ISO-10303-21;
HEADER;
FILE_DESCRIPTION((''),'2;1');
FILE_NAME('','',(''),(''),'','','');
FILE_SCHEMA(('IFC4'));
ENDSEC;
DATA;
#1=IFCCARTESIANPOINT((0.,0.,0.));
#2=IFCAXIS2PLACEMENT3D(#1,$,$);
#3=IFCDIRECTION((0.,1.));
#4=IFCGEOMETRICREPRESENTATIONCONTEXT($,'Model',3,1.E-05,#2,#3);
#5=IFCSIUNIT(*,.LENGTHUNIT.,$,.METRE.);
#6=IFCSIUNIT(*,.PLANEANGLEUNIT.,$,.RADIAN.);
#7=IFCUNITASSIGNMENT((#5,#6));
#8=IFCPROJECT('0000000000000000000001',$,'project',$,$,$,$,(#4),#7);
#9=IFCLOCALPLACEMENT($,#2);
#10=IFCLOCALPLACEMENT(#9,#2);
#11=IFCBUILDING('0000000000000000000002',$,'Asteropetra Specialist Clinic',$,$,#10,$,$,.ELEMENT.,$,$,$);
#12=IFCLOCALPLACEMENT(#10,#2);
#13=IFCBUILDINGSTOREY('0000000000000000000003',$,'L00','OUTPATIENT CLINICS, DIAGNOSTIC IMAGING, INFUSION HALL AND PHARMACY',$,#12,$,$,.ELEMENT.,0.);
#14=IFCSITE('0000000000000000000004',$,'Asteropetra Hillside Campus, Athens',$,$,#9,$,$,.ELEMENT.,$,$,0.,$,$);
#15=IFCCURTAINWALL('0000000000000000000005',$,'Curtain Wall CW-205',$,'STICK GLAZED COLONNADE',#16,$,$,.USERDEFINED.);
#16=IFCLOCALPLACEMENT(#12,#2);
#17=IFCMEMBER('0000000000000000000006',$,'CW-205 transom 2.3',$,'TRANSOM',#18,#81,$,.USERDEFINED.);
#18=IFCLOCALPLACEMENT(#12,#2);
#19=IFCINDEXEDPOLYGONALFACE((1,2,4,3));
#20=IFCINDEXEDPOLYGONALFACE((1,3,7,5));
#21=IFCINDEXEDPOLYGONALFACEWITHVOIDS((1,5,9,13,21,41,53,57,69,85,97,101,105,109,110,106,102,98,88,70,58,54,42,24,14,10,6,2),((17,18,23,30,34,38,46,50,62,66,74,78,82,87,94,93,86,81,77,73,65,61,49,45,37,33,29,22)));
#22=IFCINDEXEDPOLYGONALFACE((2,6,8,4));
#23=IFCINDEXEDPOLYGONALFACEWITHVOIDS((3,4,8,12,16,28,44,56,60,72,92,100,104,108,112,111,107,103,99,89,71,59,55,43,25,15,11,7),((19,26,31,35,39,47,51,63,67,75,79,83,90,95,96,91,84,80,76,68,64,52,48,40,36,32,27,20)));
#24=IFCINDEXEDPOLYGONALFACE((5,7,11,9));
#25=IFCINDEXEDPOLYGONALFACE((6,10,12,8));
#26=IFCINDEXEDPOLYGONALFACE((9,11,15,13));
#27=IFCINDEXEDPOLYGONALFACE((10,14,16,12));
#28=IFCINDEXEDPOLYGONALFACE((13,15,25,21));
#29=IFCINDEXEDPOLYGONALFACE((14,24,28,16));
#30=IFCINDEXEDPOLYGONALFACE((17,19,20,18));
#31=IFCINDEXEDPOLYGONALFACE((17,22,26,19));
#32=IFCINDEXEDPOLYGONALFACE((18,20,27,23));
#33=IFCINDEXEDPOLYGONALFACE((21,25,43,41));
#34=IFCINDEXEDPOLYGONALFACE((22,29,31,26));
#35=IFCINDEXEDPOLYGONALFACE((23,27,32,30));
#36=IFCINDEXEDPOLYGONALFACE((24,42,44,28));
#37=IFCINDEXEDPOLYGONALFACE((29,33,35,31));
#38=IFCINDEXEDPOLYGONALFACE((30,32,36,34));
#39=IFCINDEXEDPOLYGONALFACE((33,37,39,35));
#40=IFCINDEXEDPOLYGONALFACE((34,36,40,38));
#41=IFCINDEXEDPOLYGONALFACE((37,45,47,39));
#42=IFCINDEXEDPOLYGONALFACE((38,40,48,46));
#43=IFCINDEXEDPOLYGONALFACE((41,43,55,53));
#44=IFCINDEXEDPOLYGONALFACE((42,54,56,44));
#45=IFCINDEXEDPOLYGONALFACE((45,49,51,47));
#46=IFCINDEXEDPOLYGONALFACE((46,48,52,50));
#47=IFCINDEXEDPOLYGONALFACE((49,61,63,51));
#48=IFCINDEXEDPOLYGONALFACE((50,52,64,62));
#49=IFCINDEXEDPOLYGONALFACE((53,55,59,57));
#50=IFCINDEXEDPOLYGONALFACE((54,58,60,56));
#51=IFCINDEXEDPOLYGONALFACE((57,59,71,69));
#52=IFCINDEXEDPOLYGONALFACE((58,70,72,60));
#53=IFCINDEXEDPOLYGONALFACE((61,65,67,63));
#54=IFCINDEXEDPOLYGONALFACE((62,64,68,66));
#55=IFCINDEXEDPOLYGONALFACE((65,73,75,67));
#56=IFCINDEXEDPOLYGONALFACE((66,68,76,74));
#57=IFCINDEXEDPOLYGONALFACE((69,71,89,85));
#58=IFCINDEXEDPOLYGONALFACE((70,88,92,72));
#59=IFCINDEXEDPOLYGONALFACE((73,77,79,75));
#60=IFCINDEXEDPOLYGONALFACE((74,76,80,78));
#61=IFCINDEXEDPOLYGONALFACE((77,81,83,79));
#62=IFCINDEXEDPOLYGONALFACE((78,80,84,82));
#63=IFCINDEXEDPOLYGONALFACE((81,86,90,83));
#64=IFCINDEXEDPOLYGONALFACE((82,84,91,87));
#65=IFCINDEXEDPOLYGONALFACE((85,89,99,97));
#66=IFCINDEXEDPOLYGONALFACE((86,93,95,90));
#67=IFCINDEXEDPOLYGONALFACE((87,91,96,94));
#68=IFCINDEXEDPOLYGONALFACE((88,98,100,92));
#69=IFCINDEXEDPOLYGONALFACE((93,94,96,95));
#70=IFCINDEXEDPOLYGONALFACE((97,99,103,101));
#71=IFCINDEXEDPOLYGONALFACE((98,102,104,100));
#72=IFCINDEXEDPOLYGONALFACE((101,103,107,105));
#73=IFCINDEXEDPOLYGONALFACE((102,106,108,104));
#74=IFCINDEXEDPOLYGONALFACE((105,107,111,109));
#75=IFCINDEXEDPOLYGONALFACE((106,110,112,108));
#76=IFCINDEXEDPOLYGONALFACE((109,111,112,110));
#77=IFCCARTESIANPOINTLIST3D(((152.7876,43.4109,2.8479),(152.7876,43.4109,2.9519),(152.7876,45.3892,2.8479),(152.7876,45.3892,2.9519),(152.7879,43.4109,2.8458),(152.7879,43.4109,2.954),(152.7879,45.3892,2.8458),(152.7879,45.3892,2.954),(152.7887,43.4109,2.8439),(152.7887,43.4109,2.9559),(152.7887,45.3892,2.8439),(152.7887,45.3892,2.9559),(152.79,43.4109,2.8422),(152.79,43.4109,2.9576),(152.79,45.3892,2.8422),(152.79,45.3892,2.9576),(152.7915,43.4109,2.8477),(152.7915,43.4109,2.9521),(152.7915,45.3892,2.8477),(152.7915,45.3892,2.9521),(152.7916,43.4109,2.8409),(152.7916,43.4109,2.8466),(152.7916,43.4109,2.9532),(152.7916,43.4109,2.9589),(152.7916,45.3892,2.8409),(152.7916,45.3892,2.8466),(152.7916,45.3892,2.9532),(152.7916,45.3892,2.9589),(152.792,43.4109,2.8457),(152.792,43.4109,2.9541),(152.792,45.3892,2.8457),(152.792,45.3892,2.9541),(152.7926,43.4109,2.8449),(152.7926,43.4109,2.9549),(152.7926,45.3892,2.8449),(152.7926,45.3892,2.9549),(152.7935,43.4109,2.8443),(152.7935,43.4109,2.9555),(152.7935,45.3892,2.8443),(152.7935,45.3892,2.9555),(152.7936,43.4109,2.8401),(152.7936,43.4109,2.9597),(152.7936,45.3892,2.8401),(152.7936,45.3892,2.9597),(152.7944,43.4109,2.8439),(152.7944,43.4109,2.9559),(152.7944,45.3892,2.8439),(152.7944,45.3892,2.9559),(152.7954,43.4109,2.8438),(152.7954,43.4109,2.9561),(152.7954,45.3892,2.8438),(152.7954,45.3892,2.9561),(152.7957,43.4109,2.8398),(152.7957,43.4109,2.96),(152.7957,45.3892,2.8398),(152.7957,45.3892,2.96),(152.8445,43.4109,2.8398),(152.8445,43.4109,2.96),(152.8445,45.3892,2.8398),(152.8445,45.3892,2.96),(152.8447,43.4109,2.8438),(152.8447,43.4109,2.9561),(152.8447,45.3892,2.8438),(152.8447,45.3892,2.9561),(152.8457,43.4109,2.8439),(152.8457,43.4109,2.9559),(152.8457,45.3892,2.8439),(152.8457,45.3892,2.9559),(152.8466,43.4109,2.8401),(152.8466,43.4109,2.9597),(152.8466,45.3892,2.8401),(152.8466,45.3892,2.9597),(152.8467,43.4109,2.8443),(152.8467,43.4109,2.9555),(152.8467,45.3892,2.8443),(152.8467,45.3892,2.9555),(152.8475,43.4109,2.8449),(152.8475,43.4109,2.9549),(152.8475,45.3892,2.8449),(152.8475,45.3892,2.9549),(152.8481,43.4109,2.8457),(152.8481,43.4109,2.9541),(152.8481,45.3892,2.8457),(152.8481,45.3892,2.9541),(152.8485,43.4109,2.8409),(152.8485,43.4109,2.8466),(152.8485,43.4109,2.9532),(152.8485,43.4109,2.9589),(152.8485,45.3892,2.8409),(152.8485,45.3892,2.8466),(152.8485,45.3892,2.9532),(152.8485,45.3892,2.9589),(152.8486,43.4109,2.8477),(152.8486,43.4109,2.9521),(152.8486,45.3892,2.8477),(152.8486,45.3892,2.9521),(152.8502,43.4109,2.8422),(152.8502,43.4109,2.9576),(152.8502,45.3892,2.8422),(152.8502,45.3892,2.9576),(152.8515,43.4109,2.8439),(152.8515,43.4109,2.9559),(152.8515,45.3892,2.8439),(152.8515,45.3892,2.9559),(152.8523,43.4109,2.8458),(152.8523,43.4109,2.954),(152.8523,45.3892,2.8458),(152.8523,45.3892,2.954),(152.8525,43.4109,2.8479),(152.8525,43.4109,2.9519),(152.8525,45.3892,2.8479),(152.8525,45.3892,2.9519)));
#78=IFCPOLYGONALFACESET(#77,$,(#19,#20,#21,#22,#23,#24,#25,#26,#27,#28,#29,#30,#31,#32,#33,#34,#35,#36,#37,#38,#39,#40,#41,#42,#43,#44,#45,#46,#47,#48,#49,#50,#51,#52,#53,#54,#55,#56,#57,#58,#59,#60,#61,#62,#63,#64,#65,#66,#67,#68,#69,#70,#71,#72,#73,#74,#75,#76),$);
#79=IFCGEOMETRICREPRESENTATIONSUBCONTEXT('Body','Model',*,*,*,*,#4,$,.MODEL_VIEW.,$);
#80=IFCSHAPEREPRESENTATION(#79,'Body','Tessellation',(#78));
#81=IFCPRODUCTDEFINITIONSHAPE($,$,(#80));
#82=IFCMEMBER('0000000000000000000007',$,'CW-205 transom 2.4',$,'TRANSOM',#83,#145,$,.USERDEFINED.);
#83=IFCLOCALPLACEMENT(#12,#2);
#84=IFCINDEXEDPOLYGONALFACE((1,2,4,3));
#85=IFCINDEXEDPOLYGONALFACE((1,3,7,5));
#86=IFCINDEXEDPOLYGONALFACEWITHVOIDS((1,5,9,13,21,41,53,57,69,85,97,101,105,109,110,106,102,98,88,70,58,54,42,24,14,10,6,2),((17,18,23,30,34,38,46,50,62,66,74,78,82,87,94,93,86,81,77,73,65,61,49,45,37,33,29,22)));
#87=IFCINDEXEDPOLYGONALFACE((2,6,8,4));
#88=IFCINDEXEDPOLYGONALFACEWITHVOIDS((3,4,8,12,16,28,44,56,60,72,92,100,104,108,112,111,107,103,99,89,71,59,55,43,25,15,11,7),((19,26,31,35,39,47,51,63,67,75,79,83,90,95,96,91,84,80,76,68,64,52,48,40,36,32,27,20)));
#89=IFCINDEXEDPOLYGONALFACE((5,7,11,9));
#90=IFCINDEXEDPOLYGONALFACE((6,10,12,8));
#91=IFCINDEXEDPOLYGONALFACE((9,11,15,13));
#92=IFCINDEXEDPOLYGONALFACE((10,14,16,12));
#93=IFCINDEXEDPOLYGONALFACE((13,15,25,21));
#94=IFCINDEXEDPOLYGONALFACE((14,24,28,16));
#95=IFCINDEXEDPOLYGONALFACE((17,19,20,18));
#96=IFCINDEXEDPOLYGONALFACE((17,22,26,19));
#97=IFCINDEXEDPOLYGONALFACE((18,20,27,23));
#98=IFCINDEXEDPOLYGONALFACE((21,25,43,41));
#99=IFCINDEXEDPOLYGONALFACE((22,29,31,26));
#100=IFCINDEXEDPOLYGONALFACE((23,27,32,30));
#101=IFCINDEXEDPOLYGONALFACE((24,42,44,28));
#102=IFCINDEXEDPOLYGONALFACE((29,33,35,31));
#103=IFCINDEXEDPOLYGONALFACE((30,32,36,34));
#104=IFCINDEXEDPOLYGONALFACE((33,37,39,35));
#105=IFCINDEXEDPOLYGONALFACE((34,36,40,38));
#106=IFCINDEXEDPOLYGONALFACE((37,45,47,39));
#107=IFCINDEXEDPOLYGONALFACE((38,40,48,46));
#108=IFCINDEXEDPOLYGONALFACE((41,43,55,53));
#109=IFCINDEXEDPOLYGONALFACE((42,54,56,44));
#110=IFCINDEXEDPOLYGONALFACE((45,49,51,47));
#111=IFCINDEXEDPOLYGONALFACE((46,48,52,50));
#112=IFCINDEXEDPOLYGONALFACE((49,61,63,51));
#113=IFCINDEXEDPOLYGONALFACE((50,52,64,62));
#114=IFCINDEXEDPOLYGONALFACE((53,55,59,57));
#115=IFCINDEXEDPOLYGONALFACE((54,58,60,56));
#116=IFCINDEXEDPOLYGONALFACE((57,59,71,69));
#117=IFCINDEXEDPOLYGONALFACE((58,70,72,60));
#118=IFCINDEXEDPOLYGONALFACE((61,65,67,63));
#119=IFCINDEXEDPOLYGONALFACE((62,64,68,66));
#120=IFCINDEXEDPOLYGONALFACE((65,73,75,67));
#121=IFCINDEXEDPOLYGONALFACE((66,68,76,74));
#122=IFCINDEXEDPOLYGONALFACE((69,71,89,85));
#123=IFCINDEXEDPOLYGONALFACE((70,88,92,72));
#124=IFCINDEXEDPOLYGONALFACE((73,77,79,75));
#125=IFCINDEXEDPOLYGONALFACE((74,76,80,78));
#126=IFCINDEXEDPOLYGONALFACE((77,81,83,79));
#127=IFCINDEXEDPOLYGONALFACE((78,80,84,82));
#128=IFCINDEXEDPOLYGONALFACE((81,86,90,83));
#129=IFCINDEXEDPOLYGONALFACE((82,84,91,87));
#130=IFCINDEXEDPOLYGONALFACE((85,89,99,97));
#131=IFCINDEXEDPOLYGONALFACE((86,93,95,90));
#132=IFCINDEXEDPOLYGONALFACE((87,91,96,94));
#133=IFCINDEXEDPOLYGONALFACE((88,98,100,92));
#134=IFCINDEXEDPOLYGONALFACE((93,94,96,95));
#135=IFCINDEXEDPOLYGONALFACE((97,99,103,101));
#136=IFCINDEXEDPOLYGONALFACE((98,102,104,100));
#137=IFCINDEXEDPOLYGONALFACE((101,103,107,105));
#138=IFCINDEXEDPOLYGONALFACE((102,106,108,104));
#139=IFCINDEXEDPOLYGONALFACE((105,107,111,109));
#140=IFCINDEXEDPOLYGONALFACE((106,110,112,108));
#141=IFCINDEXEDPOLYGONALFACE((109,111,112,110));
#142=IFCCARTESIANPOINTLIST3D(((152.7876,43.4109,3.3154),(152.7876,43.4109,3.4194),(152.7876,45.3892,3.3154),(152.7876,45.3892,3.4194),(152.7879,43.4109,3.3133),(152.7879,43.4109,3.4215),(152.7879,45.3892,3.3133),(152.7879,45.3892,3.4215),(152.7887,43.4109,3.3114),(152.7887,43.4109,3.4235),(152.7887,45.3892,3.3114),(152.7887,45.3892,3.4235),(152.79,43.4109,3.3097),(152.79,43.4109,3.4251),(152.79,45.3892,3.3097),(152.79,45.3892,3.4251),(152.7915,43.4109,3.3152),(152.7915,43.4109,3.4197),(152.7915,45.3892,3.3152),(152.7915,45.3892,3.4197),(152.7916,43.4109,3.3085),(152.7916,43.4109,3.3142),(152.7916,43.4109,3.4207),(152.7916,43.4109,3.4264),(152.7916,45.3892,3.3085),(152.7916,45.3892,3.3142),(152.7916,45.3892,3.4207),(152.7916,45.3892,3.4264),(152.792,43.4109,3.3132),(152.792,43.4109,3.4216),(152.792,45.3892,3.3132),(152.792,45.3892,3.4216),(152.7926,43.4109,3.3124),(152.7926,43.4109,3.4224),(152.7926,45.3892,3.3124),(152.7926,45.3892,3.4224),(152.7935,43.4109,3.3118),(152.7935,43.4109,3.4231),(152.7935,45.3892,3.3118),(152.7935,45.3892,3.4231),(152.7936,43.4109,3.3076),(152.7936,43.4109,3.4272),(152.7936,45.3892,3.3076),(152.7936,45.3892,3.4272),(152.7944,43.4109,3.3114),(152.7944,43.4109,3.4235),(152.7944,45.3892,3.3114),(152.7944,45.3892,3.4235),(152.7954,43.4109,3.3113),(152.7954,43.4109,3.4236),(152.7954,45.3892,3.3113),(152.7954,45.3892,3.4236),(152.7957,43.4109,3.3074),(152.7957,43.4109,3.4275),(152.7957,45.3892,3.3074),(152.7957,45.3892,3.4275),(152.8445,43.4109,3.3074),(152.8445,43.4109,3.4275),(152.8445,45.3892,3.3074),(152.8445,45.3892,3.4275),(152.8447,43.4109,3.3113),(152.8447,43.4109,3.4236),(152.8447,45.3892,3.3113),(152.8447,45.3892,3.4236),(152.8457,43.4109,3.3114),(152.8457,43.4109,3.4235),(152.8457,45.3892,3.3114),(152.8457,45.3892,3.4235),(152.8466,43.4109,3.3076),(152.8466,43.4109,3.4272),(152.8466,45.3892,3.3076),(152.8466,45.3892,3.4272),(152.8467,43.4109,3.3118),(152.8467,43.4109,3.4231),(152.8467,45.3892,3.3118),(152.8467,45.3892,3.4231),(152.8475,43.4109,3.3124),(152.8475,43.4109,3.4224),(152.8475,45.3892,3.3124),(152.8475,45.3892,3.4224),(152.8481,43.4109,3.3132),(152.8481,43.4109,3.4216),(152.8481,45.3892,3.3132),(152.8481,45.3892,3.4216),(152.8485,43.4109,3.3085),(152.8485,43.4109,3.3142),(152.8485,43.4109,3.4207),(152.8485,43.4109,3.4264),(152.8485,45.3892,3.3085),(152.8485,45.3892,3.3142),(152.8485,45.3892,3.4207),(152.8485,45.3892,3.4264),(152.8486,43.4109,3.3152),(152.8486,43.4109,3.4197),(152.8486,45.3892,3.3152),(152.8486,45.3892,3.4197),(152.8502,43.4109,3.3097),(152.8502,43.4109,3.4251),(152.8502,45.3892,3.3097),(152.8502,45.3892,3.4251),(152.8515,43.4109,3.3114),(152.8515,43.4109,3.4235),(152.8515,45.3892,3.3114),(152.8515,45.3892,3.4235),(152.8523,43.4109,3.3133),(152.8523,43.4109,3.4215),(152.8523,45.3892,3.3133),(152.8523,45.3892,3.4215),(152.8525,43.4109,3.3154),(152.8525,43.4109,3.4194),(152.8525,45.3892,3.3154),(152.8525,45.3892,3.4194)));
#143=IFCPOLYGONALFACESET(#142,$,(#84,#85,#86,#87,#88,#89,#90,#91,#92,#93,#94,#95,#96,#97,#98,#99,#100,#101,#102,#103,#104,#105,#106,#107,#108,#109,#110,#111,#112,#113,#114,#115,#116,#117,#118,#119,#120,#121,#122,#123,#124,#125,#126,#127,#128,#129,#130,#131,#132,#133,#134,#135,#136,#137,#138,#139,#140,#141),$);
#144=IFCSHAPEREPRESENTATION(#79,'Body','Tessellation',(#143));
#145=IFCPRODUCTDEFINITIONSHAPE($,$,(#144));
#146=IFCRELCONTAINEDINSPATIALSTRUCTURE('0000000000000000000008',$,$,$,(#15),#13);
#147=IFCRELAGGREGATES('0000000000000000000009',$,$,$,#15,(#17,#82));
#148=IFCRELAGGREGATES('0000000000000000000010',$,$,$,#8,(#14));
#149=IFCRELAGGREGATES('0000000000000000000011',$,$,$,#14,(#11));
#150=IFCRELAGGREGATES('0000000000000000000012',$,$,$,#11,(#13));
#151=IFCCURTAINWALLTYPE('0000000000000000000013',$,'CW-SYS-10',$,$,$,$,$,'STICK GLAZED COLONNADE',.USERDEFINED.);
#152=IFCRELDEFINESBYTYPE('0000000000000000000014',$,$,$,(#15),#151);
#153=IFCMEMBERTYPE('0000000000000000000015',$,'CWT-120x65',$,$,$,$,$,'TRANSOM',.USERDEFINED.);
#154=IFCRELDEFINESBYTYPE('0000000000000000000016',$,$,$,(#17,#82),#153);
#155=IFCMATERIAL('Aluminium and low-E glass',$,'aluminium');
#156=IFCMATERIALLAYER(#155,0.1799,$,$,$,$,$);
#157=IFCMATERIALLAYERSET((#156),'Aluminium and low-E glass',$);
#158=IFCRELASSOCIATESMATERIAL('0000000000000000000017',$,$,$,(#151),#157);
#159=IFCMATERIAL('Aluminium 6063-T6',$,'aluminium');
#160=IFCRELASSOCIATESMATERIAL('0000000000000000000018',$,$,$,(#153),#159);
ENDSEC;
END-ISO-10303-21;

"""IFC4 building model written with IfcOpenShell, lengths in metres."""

from ifc_helpers import new_model, si_unit, direction, frame, origin, origin_2d, place, context, subcontext, project, spatial, hollow_rectangle, extrude, material, layer, layer_set, material_profile, profile_set, type_object, element, aggregate, save


model = new_model("IFC4")

# Units and contexts
model_context = context("Model", 3, precision=1e-05, world=origin(), true_north=direction((0.0, 1.0)))
body_context = subcontext(model_context, "Body", "Model", "MODEL_VIEW")
ifc_project = project(units=[si_unit("LENGTHUNIT", "METRE"), si_unit("PLANEANGLEUNIT", "RADIAN")], contexts=[model_context])

# Site, building, storey
site_placement = place(None, origin())
site = spatial("IfcSite", under=ifc_project, at=site_placement, Name="Asteropetra Hillside Campus, Athens", CompositionType="ELEMENT", RefElevation=0.0)
building_placement = place(site_placement, origin())
building = spatial("IfcBuilding", under=site, at=building_placement, Name="Asteropetra Specialist Clinic", CompositionType="ELEMENT")
storey_placement = place(building_placement, origin())
storey = spatial("IfcBuildingStorey", under=building, at=storey_placement, Name="L00", Description="OUTPATIENT CLINICS, DIAGNOSTIC IMAGING, INFUSION HALL AND PHARMACY", CompositionType="ELEMENT", Elevation=0.0)

# Curtain wall, members
ifc_material_1 = material(Name="Aluminium and low-E glass", Category="aluminium")
ifc_layer_1 = layer(ifc_material_1, 0.1799)
ifc_layer_set_1 = layer_set([ifc_layer_1], Name="Aluminium and low-E glass")
curtain_wall_type = type_object("IfcCurtainWallType", Name="CW-SYS-10", ElementType="STICK GLAZED COLONNADE", PredefinedType="USERDEFINED", material=ifc_layer_set_1)
curtain_wall_placement = place(storey_placement, origin())
curtain_wall = element("IfcCurtainWall", 1, at=curtain_wall_placement, inside=storey, type_object=curtain_wall_type, Name="Curtain Wall CW-205", ObjectType="STICK GLAZED COLONNADE", PredefinedType="USERDEFINED")
ifc_material_2 = material(Name="Aluminium 6063-T6", Category="aluminium")
ifc_material_profile_1 = material_profile(ifc_material_2, hollow_rectangle(XDim=0.0649, YDim=0.1201, WallThickness=0.0039, InnerFilletRadius=0.0039, OuterFilletRadius=0.0081, at=origin_2d()), Name="TRN 120x65x4.0")
ifc_profile_set_1 = profile_set([ifc_material_profile_1], Name="Aluminium 6063-T6")
member_type_1 = type_object("IfcMemberType", Name="CWT-120x65", ElementType="TRANSOM", PredefinedType="USERDEFINED", material=ifc_profile_set_1)
member_1_placement = place(storey_placement, frame((152.8201, 43.4109, 2.8999), z_axis=(0.0, 1.0, 0.0), x_axis=(-1.0, 0.0, 0.0)))
member_1 = element("IfcMember", 2, at=member_1_placement, type_object=member_type_1, Name="CW-205 transom 2.3", ObjectType="TRANSOM", PredefinedType="USERDEFINED", context=body_context, shape_type="SweptSolid", body=[
    extrude(hollow_rectangle(XDim=0.0649, YDim=0.1201, WallThickness=0.0039, InnerFilletRadius=0.0039, OuterFilletRadius=0.0081, at=origin_2d()), origin(), (0.0, 0.0, 1.0), 1.9783),
])
member_2_placement = place(storey_placement, frame((152.8201, 43.4109, 3.3674), z_axis=(0.0, 1.0, 0.0), x_axis=(-1.0, 0.0, 0.0)))
member_2 = element("IfcMember", 3, at=member_2_placement, type_object=member_type_1, Name="CW-205 transom 2.4", ObjectType="TRANSOM", PredefinedType="USERDEFINED", context=body_context, shape_type="SweptSolid", body=[
    extrude(hollow_rectangle(XDim=0.0649, YDim=0.1201, WallThickness=0.0039, InnerFilletRadius=0.0039, OuterFilletRadius=0.0081, at=origin_2d()), origin(), (0.0, 0.0, 1.0), 1.9783),
])
aggregate(curtain_wall, [member_1, member_2])

save(model, "model.ifc")
